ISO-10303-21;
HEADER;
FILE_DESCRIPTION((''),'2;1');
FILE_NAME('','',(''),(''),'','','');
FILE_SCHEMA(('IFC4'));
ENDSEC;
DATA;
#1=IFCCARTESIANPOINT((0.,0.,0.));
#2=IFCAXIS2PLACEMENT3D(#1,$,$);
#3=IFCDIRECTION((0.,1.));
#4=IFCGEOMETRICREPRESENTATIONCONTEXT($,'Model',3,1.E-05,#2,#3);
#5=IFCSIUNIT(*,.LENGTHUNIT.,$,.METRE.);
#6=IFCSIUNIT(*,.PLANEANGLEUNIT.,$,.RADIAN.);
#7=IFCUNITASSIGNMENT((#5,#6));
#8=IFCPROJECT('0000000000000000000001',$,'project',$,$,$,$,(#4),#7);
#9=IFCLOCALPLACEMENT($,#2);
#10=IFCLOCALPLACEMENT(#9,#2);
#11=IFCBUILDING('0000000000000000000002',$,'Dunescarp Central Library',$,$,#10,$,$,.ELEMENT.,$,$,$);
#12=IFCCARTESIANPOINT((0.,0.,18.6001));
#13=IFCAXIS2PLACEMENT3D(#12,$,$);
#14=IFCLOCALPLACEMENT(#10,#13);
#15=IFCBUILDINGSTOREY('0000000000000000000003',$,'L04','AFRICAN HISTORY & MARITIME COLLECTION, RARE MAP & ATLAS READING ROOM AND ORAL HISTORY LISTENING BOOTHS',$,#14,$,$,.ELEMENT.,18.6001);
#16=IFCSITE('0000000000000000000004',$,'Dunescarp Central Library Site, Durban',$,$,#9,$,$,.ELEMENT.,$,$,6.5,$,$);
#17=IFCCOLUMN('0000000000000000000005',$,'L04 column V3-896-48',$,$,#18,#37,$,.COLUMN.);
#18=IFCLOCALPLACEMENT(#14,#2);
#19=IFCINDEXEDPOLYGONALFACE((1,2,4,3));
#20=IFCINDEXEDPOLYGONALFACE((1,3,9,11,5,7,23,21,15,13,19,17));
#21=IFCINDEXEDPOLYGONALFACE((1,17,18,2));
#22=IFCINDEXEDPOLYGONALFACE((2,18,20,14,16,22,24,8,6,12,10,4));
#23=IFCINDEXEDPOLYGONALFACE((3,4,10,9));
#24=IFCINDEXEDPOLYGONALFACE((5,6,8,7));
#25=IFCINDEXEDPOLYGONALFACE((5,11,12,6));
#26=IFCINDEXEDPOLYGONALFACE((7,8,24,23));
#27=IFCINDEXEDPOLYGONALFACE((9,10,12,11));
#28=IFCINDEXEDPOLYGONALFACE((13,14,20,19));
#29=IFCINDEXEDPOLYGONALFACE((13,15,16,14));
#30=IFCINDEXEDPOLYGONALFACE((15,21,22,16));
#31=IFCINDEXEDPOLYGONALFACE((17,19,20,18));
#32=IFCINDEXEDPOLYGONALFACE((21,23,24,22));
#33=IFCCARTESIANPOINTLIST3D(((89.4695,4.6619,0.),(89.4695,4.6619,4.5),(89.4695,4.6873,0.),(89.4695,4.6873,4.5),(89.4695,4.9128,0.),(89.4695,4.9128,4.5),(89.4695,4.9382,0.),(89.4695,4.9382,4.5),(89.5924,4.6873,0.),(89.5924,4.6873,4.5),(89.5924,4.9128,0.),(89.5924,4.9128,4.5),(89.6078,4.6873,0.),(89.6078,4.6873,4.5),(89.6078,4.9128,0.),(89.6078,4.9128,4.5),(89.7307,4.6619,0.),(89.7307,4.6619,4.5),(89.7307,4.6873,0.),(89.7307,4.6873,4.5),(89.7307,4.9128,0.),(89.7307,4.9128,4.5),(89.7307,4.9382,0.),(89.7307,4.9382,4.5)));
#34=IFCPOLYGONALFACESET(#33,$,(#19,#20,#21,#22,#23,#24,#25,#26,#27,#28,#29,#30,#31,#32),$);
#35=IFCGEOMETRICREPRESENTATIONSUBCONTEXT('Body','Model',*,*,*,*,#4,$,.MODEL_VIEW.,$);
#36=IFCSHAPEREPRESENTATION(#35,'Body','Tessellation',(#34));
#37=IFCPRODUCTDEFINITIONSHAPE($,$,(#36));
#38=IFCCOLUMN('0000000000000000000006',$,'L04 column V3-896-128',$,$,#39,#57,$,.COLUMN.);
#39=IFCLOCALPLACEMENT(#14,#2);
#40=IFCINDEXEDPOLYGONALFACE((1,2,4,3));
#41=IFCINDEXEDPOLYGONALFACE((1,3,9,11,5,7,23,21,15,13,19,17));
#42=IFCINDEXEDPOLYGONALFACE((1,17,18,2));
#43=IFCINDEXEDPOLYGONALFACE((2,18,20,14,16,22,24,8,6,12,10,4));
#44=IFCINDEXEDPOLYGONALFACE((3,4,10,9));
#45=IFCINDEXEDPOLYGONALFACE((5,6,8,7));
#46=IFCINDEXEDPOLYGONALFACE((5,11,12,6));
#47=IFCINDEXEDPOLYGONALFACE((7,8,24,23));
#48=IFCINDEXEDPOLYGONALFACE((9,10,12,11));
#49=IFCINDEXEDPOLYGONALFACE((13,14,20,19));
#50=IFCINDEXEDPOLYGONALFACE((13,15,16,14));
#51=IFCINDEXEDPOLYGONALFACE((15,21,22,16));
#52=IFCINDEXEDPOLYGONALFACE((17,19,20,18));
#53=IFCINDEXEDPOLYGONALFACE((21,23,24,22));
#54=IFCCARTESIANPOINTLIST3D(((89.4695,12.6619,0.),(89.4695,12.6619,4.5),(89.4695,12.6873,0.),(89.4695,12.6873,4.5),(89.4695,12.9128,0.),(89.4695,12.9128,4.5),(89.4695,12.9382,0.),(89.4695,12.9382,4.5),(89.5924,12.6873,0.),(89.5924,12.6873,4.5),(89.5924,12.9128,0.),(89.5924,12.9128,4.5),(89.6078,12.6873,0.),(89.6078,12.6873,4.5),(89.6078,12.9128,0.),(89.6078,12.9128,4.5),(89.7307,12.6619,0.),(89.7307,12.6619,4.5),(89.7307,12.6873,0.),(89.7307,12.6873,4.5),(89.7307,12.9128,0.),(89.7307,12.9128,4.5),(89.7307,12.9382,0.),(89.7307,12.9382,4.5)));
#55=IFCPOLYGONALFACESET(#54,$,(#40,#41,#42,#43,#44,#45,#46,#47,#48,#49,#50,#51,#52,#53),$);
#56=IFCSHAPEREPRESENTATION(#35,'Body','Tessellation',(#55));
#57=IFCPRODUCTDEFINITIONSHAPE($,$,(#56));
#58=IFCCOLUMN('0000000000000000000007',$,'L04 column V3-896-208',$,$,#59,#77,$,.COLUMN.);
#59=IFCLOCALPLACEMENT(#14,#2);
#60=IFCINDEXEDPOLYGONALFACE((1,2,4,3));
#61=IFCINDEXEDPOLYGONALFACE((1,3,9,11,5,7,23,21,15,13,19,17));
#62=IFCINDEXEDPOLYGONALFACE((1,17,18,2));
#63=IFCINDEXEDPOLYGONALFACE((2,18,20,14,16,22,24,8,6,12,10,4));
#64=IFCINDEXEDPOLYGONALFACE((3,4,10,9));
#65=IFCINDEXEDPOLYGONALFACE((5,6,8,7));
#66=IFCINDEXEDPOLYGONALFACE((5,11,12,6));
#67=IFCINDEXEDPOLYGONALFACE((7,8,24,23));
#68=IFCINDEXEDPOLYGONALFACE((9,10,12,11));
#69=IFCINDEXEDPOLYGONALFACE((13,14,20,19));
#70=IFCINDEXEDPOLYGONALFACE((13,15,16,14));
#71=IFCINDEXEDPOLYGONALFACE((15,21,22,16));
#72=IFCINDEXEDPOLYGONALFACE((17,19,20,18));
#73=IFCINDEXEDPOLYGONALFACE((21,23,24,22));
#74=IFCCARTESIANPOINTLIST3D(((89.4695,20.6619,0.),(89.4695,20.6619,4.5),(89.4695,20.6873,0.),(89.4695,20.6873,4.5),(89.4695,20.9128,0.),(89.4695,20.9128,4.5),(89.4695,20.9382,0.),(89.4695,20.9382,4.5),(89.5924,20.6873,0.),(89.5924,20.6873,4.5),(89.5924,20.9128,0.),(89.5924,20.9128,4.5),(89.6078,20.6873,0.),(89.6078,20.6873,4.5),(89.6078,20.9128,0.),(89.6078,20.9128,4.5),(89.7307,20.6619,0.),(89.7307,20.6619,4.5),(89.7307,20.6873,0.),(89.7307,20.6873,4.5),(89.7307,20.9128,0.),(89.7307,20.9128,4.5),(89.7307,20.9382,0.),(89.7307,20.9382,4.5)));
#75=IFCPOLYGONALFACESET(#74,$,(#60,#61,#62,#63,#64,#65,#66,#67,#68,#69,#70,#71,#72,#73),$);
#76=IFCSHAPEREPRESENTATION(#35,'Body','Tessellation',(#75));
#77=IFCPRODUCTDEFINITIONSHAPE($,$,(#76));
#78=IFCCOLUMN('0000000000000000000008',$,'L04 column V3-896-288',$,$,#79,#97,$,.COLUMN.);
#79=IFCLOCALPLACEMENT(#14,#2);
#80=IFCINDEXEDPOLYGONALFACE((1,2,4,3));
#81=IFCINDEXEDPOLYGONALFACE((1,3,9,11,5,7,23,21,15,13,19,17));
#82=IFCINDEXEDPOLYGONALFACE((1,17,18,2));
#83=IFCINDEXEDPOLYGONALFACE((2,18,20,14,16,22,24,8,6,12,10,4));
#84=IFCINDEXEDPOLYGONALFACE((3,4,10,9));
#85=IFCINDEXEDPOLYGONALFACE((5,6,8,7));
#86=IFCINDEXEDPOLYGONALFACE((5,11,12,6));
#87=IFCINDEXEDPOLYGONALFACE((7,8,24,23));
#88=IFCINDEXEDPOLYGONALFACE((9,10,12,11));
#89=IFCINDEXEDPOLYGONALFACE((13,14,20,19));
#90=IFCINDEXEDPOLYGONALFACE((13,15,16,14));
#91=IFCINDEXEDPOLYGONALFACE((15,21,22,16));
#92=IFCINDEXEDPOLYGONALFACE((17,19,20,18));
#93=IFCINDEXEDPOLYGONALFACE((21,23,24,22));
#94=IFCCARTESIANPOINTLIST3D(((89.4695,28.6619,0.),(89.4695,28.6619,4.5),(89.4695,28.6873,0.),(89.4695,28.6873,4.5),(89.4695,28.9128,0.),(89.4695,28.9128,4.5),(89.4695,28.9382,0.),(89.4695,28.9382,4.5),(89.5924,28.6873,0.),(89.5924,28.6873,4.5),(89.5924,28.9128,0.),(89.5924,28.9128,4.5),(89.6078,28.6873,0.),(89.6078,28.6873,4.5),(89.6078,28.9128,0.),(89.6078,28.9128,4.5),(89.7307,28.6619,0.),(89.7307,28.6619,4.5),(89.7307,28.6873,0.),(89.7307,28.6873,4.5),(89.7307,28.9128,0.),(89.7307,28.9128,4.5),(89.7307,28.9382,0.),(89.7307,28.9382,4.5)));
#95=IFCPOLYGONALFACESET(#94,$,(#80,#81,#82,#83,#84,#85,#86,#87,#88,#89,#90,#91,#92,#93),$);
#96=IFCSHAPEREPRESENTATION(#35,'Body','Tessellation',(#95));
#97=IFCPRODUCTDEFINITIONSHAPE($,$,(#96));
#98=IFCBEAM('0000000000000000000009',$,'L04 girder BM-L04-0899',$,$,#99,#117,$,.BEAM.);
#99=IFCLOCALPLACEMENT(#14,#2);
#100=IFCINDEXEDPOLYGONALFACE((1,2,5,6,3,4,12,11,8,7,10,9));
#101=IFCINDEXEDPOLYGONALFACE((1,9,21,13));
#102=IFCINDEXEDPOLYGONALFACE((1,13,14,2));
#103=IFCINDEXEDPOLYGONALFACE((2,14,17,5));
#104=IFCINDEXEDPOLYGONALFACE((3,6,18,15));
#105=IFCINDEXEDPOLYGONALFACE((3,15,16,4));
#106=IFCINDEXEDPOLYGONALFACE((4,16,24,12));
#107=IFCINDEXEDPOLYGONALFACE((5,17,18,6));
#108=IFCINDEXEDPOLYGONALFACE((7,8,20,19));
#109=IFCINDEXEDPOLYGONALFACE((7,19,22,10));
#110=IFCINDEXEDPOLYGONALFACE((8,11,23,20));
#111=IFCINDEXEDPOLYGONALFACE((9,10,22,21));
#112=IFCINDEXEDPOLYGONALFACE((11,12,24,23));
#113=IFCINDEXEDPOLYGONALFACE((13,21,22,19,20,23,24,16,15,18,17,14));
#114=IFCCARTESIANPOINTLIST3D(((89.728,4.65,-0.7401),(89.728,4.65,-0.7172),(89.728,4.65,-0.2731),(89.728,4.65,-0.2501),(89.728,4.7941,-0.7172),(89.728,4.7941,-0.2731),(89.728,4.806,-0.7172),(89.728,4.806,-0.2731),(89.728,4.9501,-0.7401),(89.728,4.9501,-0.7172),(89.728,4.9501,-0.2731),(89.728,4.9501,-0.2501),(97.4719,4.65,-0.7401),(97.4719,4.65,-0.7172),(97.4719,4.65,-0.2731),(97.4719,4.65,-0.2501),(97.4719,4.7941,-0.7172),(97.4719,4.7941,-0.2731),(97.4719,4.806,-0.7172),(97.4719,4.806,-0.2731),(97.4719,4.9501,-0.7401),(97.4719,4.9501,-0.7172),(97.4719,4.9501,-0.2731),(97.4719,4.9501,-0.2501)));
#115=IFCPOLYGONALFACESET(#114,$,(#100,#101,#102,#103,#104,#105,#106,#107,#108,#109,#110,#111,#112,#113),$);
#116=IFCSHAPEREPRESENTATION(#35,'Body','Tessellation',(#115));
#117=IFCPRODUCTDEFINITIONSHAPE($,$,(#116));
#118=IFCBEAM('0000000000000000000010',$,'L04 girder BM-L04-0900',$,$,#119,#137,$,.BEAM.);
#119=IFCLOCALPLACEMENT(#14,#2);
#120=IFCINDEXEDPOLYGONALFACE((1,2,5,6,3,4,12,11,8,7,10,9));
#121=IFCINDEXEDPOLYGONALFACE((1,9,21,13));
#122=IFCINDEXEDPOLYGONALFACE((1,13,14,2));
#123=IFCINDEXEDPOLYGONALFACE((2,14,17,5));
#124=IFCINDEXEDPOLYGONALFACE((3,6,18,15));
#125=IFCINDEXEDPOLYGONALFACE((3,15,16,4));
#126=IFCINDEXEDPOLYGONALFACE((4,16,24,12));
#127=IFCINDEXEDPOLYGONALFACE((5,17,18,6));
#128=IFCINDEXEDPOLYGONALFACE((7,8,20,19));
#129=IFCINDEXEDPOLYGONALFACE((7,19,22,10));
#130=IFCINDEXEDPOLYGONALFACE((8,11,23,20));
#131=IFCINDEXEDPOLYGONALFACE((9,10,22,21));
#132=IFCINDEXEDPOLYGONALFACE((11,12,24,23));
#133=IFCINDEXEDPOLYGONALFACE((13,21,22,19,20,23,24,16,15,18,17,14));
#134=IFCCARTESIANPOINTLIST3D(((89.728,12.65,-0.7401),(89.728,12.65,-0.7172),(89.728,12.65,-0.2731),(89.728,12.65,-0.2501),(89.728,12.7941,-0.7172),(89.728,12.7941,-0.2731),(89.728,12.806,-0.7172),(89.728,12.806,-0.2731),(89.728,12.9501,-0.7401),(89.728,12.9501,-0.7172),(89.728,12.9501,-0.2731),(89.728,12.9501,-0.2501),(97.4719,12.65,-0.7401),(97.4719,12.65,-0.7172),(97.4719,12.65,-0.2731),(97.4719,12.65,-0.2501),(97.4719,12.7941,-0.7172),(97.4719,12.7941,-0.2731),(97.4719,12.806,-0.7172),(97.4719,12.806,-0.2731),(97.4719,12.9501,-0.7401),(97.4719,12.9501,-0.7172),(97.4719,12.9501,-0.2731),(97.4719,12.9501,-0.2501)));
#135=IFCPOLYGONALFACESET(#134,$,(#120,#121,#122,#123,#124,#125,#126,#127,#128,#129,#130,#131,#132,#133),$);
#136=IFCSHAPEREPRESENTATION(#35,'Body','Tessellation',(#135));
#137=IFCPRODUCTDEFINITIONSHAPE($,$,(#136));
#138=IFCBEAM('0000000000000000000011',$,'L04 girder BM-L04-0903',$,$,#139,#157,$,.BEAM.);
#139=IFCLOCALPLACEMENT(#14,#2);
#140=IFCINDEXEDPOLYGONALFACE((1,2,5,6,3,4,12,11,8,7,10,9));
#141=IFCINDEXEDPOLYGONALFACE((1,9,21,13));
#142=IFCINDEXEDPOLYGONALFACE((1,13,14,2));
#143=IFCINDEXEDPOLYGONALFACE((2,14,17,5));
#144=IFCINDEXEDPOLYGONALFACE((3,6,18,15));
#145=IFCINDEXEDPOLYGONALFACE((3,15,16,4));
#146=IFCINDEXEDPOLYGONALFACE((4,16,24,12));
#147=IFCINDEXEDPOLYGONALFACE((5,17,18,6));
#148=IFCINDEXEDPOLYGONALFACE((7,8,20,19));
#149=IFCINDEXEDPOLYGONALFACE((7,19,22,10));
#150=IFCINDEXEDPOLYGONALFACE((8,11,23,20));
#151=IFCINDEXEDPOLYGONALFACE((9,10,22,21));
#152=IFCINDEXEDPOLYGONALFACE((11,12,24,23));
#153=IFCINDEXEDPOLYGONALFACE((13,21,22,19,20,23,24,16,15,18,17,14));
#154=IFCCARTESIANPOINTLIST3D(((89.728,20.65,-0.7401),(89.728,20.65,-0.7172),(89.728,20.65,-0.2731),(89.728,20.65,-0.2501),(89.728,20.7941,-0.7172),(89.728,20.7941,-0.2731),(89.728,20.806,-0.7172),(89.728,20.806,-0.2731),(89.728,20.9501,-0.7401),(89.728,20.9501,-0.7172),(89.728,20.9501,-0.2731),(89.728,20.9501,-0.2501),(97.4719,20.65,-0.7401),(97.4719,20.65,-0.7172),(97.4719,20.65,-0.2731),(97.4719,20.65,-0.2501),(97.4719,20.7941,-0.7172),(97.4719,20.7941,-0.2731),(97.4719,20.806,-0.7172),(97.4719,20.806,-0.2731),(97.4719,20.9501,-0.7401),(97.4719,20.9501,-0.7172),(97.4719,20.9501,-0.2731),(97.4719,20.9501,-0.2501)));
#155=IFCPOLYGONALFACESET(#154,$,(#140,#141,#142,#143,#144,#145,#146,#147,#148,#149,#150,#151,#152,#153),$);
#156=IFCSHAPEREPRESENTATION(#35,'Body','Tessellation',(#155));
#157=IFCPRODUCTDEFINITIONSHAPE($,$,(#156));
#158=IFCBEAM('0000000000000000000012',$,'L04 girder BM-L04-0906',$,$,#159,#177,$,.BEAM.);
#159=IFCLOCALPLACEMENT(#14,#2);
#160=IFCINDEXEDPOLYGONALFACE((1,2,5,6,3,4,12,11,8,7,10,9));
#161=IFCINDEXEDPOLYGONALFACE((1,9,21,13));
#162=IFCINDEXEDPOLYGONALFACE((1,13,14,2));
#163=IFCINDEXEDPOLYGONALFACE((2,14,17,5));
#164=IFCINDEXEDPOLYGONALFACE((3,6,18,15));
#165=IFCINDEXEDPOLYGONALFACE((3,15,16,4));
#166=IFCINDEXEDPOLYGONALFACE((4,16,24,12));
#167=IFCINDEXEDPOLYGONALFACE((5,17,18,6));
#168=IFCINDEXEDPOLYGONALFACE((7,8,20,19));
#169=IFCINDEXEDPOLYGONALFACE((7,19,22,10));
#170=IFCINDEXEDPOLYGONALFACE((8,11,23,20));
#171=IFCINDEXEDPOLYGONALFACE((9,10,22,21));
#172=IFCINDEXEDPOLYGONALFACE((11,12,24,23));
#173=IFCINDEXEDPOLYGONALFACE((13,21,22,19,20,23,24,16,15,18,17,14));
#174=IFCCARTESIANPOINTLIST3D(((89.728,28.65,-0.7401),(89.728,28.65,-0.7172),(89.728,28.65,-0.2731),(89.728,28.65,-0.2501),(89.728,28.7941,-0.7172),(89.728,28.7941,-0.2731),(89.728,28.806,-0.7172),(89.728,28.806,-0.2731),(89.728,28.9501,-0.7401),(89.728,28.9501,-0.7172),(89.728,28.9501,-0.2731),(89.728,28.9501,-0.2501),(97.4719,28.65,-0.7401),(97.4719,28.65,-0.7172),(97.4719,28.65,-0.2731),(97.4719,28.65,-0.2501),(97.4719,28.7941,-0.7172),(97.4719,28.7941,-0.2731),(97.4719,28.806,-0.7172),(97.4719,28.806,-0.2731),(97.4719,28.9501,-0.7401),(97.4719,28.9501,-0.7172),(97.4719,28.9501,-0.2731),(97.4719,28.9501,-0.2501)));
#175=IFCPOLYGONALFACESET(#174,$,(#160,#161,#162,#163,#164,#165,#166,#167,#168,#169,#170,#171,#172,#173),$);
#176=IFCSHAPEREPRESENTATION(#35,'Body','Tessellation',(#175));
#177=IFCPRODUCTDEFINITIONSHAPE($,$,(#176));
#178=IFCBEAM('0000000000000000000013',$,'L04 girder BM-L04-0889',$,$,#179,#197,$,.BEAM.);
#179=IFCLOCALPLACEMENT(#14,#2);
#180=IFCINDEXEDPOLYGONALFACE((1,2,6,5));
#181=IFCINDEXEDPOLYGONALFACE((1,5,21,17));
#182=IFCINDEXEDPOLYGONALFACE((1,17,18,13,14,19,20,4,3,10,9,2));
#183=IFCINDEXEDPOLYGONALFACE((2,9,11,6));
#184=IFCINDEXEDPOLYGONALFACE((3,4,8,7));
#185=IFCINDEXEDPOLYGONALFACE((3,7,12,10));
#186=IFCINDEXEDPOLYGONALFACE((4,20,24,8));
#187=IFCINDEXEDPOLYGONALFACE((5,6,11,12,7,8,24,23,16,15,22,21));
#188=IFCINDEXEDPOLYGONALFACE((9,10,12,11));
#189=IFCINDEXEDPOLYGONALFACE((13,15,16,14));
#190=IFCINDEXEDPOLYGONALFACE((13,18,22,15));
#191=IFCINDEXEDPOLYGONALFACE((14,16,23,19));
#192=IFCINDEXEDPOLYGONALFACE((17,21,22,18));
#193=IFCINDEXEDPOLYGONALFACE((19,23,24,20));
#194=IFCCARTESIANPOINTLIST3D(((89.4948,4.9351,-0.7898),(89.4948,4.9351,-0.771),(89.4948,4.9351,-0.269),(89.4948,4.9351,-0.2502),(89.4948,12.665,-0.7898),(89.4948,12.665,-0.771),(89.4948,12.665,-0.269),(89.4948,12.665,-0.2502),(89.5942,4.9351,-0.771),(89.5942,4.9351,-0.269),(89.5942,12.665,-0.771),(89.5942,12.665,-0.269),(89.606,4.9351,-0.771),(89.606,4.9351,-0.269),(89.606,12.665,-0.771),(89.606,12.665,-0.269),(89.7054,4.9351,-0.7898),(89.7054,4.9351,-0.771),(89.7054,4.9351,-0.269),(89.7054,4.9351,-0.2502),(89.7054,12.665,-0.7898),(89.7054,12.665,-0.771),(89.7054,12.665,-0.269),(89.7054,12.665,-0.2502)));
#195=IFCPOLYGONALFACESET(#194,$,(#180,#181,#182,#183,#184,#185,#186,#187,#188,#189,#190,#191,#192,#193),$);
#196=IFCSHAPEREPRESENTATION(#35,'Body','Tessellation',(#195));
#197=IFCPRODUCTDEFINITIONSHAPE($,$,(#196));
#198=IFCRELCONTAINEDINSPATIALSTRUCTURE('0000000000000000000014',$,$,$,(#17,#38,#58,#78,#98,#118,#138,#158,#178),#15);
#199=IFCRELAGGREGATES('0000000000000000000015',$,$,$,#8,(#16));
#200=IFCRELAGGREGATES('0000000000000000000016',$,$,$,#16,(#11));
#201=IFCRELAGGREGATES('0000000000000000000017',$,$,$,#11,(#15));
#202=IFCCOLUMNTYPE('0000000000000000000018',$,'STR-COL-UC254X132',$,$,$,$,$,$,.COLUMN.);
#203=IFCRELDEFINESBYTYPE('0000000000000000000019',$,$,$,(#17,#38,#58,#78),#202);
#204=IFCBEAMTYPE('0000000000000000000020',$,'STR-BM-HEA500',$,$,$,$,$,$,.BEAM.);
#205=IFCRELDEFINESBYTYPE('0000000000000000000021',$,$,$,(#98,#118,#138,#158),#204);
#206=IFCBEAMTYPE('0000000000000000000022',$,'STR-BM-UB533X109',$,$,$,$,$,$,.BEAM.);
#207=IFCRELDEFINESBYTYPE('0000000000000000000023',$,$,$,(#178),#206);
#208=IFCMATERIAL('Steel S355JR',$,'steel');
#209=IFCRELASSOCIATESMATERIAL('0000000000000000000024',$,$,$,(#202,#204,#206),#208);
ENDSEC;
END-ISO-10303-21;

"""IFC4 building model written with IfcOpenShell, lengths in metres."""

from ifc_helpers import new_model, si_unit, direction, frame, origin, origin_2d, place, context, subcontext, project, spatial, i_section, extrude, material, material_profile, profile_set, type_object, element, save


model = new_model("IFC4")

# Units and contexts
model_context = context("Model", 3, precision=1e-05, world=origin(), true_north=direction((0.0, 1.0)))
body_context = subcontext(model_context, "Body", "Model", "MODEL_VIEW")
ifc_project = project(units=[si_unit("LENGTHUNIT", "METRE"), si_unit("PLANEANGLEUNIT", "RADIAN")], contexts=[model_context])

# Site, building, storey
site_placement = place(None, origin())
site = spatial("IfcSite", under=ifc_project, at=site_placement, Name="Dunescarp Central Library Site, Durban", CompositionType="ELEMENT", RefElevation=6.5)
building_placement = place(site_placement, origin())
building = spatial("IfcBuilding", under=site, at=building_placement, Name="Dunescarp Central Library", CompositionType="ELEMENT")
storey_placement = place(building_placement, frame((0.0, 0.0, 18.6001)))
storey = spatial("IfcBuildingStorey", under=building, at=storey_placement, Name="L04", Description="AFRICAN HISTORY & MARITIME COLLECTION, RARE MAP & ATLAS READING ROOM AND ORAL HISTORY LISTENING BOOTHS", CompositionType="ELEMENT", Elevation=18.6001)

# Columns
ifc_material_1 = material(Name="Steel S355JR", Category="steel")
ifc_material_profile_1 = material_profile(ifc_material_1, i_section(OverallWidth=0.2612, OverallDepth=0.2764, WebThickness=0.0154, FlangeThickness=0.0254, at=origin_2d()), Name="UC 254x254x132")
ifc_profile_set_1 = profile_set([ifc_material_profile_1], Name="Steel S355JR")
column_type = type_object("IfcColumnType", Name="STR-COL-UC254X132", PredefinedType="COLUMN", material=ifc_profile_set_1)
for number, where, z_axis, x_axis, name in (
    (1, (89.6001, 4.8, 0.0), (0.0, 0.0, 1.0), (1.0, 0.0, 0.0), "L04 column V3-896-48"),
    (2, (89.6001, 12.8, 0.0), (0.0, 0.0, 1.0), (1.0, 0.0, 0.0), "L04 column V3-896-128"),
    (3, (89.6001, 20.8, 0.0), (0.0, 0.0, 1.0), (1.0, 0.0, 0.0), "L04 column V3-896-208"),
    (4, (89.6001, 28.8, 0.0), (0.0, 0.0, 1.0), (1.0, 0.0, 0.0), "L04 column V3-896-288"),
):
    element("IfcColumn", number, at=place(storey_placement, frame(where, z_axis=z_axis, x_axis=x_axis)), inside=storey, type_object=column_type, Name=name, PredefinedType="COLUMN", context=body_context, shape_type="SweptSolid", body=[
        extrude(i_section(OverallWidth=0.2612, OverallDepth=0.2764, WebThickness=0.0154, FlangeThickness=0.0254, at=origin_2d()), origin(), (0.0, 0.0, 1.0), 4.5),
    ])

# Beams
ifc_material_profile_2 = material_profile(ifc_material_1, i_section(OverallWidth=0.3, OverallDepth=0.49, WebThickness=0.012, FlangeThickness=0.0229, at=origin_2d()), Name="HEA 500")
ifc_profile_set_2 = profile_set([ifc_material_profile_2], Name="Steel S355JR")
beam_type_1 = type_object("IfcBeamType", Name="STR-BM-HEA500", PredefinedType="BEAM", material=ifc_profile_set_2)
for number, where, z_axis, x_axis, name in (
    (5, (89.728, 4.8, -0.4951), (1.0, 0.0, 0.0), (0.0, 1.0, 0.0), "L04 girder BM-L04-0899"),
    (6, (89.728, 12.8, -0.4951), (1.0, 0.0, 0.0), (0.0, 1.0, 0.0), "L04 girder BM-L04-0900"),
    (7, (89.728, 20.8, -0.4951), (1.0, 0.0, 0.0), (0.0, 1.0, 0.0), "L04 girder BM-L04-0903"),
    (8, (89.728, 28.8, -0.4951), (1.0, 0.0, 0.0), (0.0, 1.0, 0.0), "L04 girder BM-L04-0906"),
):
    element("IfcBeam", number, at=place(storey_placement, frame(where, z_axis=z_axis, x_axis=x_axis)), inside=storey, type_object=beam_type_1, Name=name, PredefinedType="BEAM", context=body_context, shape_type="SweptSolid", body=[
        extrude(i_section(OverallWidth=0.3, OverallDepth=0.49, WebThickness=0.012, FlangeThickness=0.0229, at=origin_2d()), origin(), (0.0, 0.0, 1.0), 7.7439),
    ])
ifc_material_profile_3 = material_profile(ifc_material_1, i_section(OverallWidth=0.2107, OverallDepth=0.5396, WebThickness=0.0117, FlangeThickness=0.0188, at=origin_2d()), Name="UB 533x210x109")
ifc_profile_set_3 = profile_set([ifc_material_profile_3], Name="Steel S355JR")
beam_type_2 = type_object("IfcBeamType", Name="STR-BM-UB533X109", PredefinedType="BEAM", material=ifc_profile_set_3)
for number, where, z_axis, x_axis, name in (
    (9, (89.6001, 4.9351, -0.52), (0.0, 1.0, 0.0), (-1.0, 0.0, 0.0), "L04 girder BM-L04-0889"),
):
    element("IfcBeam", number, at=place(storey_placement, frame(where, z_axis=z_axis, x_axis=x_axis)), inside=storey, type_object=beam_type_2, Name=name, PredefinedType="BEAM", context=body_context, shape_type="SweptSolid", body=[
        extrude(i_section(OverallWidth=0.2107, OverallDepth=0.5396, WebThickness=0.0117, FlangeThickness=0.0188, at=origin_2d()), origin(), (0.0, 0.0, 1.0), 7.73),
    ])

save(model, "model.ifc")
